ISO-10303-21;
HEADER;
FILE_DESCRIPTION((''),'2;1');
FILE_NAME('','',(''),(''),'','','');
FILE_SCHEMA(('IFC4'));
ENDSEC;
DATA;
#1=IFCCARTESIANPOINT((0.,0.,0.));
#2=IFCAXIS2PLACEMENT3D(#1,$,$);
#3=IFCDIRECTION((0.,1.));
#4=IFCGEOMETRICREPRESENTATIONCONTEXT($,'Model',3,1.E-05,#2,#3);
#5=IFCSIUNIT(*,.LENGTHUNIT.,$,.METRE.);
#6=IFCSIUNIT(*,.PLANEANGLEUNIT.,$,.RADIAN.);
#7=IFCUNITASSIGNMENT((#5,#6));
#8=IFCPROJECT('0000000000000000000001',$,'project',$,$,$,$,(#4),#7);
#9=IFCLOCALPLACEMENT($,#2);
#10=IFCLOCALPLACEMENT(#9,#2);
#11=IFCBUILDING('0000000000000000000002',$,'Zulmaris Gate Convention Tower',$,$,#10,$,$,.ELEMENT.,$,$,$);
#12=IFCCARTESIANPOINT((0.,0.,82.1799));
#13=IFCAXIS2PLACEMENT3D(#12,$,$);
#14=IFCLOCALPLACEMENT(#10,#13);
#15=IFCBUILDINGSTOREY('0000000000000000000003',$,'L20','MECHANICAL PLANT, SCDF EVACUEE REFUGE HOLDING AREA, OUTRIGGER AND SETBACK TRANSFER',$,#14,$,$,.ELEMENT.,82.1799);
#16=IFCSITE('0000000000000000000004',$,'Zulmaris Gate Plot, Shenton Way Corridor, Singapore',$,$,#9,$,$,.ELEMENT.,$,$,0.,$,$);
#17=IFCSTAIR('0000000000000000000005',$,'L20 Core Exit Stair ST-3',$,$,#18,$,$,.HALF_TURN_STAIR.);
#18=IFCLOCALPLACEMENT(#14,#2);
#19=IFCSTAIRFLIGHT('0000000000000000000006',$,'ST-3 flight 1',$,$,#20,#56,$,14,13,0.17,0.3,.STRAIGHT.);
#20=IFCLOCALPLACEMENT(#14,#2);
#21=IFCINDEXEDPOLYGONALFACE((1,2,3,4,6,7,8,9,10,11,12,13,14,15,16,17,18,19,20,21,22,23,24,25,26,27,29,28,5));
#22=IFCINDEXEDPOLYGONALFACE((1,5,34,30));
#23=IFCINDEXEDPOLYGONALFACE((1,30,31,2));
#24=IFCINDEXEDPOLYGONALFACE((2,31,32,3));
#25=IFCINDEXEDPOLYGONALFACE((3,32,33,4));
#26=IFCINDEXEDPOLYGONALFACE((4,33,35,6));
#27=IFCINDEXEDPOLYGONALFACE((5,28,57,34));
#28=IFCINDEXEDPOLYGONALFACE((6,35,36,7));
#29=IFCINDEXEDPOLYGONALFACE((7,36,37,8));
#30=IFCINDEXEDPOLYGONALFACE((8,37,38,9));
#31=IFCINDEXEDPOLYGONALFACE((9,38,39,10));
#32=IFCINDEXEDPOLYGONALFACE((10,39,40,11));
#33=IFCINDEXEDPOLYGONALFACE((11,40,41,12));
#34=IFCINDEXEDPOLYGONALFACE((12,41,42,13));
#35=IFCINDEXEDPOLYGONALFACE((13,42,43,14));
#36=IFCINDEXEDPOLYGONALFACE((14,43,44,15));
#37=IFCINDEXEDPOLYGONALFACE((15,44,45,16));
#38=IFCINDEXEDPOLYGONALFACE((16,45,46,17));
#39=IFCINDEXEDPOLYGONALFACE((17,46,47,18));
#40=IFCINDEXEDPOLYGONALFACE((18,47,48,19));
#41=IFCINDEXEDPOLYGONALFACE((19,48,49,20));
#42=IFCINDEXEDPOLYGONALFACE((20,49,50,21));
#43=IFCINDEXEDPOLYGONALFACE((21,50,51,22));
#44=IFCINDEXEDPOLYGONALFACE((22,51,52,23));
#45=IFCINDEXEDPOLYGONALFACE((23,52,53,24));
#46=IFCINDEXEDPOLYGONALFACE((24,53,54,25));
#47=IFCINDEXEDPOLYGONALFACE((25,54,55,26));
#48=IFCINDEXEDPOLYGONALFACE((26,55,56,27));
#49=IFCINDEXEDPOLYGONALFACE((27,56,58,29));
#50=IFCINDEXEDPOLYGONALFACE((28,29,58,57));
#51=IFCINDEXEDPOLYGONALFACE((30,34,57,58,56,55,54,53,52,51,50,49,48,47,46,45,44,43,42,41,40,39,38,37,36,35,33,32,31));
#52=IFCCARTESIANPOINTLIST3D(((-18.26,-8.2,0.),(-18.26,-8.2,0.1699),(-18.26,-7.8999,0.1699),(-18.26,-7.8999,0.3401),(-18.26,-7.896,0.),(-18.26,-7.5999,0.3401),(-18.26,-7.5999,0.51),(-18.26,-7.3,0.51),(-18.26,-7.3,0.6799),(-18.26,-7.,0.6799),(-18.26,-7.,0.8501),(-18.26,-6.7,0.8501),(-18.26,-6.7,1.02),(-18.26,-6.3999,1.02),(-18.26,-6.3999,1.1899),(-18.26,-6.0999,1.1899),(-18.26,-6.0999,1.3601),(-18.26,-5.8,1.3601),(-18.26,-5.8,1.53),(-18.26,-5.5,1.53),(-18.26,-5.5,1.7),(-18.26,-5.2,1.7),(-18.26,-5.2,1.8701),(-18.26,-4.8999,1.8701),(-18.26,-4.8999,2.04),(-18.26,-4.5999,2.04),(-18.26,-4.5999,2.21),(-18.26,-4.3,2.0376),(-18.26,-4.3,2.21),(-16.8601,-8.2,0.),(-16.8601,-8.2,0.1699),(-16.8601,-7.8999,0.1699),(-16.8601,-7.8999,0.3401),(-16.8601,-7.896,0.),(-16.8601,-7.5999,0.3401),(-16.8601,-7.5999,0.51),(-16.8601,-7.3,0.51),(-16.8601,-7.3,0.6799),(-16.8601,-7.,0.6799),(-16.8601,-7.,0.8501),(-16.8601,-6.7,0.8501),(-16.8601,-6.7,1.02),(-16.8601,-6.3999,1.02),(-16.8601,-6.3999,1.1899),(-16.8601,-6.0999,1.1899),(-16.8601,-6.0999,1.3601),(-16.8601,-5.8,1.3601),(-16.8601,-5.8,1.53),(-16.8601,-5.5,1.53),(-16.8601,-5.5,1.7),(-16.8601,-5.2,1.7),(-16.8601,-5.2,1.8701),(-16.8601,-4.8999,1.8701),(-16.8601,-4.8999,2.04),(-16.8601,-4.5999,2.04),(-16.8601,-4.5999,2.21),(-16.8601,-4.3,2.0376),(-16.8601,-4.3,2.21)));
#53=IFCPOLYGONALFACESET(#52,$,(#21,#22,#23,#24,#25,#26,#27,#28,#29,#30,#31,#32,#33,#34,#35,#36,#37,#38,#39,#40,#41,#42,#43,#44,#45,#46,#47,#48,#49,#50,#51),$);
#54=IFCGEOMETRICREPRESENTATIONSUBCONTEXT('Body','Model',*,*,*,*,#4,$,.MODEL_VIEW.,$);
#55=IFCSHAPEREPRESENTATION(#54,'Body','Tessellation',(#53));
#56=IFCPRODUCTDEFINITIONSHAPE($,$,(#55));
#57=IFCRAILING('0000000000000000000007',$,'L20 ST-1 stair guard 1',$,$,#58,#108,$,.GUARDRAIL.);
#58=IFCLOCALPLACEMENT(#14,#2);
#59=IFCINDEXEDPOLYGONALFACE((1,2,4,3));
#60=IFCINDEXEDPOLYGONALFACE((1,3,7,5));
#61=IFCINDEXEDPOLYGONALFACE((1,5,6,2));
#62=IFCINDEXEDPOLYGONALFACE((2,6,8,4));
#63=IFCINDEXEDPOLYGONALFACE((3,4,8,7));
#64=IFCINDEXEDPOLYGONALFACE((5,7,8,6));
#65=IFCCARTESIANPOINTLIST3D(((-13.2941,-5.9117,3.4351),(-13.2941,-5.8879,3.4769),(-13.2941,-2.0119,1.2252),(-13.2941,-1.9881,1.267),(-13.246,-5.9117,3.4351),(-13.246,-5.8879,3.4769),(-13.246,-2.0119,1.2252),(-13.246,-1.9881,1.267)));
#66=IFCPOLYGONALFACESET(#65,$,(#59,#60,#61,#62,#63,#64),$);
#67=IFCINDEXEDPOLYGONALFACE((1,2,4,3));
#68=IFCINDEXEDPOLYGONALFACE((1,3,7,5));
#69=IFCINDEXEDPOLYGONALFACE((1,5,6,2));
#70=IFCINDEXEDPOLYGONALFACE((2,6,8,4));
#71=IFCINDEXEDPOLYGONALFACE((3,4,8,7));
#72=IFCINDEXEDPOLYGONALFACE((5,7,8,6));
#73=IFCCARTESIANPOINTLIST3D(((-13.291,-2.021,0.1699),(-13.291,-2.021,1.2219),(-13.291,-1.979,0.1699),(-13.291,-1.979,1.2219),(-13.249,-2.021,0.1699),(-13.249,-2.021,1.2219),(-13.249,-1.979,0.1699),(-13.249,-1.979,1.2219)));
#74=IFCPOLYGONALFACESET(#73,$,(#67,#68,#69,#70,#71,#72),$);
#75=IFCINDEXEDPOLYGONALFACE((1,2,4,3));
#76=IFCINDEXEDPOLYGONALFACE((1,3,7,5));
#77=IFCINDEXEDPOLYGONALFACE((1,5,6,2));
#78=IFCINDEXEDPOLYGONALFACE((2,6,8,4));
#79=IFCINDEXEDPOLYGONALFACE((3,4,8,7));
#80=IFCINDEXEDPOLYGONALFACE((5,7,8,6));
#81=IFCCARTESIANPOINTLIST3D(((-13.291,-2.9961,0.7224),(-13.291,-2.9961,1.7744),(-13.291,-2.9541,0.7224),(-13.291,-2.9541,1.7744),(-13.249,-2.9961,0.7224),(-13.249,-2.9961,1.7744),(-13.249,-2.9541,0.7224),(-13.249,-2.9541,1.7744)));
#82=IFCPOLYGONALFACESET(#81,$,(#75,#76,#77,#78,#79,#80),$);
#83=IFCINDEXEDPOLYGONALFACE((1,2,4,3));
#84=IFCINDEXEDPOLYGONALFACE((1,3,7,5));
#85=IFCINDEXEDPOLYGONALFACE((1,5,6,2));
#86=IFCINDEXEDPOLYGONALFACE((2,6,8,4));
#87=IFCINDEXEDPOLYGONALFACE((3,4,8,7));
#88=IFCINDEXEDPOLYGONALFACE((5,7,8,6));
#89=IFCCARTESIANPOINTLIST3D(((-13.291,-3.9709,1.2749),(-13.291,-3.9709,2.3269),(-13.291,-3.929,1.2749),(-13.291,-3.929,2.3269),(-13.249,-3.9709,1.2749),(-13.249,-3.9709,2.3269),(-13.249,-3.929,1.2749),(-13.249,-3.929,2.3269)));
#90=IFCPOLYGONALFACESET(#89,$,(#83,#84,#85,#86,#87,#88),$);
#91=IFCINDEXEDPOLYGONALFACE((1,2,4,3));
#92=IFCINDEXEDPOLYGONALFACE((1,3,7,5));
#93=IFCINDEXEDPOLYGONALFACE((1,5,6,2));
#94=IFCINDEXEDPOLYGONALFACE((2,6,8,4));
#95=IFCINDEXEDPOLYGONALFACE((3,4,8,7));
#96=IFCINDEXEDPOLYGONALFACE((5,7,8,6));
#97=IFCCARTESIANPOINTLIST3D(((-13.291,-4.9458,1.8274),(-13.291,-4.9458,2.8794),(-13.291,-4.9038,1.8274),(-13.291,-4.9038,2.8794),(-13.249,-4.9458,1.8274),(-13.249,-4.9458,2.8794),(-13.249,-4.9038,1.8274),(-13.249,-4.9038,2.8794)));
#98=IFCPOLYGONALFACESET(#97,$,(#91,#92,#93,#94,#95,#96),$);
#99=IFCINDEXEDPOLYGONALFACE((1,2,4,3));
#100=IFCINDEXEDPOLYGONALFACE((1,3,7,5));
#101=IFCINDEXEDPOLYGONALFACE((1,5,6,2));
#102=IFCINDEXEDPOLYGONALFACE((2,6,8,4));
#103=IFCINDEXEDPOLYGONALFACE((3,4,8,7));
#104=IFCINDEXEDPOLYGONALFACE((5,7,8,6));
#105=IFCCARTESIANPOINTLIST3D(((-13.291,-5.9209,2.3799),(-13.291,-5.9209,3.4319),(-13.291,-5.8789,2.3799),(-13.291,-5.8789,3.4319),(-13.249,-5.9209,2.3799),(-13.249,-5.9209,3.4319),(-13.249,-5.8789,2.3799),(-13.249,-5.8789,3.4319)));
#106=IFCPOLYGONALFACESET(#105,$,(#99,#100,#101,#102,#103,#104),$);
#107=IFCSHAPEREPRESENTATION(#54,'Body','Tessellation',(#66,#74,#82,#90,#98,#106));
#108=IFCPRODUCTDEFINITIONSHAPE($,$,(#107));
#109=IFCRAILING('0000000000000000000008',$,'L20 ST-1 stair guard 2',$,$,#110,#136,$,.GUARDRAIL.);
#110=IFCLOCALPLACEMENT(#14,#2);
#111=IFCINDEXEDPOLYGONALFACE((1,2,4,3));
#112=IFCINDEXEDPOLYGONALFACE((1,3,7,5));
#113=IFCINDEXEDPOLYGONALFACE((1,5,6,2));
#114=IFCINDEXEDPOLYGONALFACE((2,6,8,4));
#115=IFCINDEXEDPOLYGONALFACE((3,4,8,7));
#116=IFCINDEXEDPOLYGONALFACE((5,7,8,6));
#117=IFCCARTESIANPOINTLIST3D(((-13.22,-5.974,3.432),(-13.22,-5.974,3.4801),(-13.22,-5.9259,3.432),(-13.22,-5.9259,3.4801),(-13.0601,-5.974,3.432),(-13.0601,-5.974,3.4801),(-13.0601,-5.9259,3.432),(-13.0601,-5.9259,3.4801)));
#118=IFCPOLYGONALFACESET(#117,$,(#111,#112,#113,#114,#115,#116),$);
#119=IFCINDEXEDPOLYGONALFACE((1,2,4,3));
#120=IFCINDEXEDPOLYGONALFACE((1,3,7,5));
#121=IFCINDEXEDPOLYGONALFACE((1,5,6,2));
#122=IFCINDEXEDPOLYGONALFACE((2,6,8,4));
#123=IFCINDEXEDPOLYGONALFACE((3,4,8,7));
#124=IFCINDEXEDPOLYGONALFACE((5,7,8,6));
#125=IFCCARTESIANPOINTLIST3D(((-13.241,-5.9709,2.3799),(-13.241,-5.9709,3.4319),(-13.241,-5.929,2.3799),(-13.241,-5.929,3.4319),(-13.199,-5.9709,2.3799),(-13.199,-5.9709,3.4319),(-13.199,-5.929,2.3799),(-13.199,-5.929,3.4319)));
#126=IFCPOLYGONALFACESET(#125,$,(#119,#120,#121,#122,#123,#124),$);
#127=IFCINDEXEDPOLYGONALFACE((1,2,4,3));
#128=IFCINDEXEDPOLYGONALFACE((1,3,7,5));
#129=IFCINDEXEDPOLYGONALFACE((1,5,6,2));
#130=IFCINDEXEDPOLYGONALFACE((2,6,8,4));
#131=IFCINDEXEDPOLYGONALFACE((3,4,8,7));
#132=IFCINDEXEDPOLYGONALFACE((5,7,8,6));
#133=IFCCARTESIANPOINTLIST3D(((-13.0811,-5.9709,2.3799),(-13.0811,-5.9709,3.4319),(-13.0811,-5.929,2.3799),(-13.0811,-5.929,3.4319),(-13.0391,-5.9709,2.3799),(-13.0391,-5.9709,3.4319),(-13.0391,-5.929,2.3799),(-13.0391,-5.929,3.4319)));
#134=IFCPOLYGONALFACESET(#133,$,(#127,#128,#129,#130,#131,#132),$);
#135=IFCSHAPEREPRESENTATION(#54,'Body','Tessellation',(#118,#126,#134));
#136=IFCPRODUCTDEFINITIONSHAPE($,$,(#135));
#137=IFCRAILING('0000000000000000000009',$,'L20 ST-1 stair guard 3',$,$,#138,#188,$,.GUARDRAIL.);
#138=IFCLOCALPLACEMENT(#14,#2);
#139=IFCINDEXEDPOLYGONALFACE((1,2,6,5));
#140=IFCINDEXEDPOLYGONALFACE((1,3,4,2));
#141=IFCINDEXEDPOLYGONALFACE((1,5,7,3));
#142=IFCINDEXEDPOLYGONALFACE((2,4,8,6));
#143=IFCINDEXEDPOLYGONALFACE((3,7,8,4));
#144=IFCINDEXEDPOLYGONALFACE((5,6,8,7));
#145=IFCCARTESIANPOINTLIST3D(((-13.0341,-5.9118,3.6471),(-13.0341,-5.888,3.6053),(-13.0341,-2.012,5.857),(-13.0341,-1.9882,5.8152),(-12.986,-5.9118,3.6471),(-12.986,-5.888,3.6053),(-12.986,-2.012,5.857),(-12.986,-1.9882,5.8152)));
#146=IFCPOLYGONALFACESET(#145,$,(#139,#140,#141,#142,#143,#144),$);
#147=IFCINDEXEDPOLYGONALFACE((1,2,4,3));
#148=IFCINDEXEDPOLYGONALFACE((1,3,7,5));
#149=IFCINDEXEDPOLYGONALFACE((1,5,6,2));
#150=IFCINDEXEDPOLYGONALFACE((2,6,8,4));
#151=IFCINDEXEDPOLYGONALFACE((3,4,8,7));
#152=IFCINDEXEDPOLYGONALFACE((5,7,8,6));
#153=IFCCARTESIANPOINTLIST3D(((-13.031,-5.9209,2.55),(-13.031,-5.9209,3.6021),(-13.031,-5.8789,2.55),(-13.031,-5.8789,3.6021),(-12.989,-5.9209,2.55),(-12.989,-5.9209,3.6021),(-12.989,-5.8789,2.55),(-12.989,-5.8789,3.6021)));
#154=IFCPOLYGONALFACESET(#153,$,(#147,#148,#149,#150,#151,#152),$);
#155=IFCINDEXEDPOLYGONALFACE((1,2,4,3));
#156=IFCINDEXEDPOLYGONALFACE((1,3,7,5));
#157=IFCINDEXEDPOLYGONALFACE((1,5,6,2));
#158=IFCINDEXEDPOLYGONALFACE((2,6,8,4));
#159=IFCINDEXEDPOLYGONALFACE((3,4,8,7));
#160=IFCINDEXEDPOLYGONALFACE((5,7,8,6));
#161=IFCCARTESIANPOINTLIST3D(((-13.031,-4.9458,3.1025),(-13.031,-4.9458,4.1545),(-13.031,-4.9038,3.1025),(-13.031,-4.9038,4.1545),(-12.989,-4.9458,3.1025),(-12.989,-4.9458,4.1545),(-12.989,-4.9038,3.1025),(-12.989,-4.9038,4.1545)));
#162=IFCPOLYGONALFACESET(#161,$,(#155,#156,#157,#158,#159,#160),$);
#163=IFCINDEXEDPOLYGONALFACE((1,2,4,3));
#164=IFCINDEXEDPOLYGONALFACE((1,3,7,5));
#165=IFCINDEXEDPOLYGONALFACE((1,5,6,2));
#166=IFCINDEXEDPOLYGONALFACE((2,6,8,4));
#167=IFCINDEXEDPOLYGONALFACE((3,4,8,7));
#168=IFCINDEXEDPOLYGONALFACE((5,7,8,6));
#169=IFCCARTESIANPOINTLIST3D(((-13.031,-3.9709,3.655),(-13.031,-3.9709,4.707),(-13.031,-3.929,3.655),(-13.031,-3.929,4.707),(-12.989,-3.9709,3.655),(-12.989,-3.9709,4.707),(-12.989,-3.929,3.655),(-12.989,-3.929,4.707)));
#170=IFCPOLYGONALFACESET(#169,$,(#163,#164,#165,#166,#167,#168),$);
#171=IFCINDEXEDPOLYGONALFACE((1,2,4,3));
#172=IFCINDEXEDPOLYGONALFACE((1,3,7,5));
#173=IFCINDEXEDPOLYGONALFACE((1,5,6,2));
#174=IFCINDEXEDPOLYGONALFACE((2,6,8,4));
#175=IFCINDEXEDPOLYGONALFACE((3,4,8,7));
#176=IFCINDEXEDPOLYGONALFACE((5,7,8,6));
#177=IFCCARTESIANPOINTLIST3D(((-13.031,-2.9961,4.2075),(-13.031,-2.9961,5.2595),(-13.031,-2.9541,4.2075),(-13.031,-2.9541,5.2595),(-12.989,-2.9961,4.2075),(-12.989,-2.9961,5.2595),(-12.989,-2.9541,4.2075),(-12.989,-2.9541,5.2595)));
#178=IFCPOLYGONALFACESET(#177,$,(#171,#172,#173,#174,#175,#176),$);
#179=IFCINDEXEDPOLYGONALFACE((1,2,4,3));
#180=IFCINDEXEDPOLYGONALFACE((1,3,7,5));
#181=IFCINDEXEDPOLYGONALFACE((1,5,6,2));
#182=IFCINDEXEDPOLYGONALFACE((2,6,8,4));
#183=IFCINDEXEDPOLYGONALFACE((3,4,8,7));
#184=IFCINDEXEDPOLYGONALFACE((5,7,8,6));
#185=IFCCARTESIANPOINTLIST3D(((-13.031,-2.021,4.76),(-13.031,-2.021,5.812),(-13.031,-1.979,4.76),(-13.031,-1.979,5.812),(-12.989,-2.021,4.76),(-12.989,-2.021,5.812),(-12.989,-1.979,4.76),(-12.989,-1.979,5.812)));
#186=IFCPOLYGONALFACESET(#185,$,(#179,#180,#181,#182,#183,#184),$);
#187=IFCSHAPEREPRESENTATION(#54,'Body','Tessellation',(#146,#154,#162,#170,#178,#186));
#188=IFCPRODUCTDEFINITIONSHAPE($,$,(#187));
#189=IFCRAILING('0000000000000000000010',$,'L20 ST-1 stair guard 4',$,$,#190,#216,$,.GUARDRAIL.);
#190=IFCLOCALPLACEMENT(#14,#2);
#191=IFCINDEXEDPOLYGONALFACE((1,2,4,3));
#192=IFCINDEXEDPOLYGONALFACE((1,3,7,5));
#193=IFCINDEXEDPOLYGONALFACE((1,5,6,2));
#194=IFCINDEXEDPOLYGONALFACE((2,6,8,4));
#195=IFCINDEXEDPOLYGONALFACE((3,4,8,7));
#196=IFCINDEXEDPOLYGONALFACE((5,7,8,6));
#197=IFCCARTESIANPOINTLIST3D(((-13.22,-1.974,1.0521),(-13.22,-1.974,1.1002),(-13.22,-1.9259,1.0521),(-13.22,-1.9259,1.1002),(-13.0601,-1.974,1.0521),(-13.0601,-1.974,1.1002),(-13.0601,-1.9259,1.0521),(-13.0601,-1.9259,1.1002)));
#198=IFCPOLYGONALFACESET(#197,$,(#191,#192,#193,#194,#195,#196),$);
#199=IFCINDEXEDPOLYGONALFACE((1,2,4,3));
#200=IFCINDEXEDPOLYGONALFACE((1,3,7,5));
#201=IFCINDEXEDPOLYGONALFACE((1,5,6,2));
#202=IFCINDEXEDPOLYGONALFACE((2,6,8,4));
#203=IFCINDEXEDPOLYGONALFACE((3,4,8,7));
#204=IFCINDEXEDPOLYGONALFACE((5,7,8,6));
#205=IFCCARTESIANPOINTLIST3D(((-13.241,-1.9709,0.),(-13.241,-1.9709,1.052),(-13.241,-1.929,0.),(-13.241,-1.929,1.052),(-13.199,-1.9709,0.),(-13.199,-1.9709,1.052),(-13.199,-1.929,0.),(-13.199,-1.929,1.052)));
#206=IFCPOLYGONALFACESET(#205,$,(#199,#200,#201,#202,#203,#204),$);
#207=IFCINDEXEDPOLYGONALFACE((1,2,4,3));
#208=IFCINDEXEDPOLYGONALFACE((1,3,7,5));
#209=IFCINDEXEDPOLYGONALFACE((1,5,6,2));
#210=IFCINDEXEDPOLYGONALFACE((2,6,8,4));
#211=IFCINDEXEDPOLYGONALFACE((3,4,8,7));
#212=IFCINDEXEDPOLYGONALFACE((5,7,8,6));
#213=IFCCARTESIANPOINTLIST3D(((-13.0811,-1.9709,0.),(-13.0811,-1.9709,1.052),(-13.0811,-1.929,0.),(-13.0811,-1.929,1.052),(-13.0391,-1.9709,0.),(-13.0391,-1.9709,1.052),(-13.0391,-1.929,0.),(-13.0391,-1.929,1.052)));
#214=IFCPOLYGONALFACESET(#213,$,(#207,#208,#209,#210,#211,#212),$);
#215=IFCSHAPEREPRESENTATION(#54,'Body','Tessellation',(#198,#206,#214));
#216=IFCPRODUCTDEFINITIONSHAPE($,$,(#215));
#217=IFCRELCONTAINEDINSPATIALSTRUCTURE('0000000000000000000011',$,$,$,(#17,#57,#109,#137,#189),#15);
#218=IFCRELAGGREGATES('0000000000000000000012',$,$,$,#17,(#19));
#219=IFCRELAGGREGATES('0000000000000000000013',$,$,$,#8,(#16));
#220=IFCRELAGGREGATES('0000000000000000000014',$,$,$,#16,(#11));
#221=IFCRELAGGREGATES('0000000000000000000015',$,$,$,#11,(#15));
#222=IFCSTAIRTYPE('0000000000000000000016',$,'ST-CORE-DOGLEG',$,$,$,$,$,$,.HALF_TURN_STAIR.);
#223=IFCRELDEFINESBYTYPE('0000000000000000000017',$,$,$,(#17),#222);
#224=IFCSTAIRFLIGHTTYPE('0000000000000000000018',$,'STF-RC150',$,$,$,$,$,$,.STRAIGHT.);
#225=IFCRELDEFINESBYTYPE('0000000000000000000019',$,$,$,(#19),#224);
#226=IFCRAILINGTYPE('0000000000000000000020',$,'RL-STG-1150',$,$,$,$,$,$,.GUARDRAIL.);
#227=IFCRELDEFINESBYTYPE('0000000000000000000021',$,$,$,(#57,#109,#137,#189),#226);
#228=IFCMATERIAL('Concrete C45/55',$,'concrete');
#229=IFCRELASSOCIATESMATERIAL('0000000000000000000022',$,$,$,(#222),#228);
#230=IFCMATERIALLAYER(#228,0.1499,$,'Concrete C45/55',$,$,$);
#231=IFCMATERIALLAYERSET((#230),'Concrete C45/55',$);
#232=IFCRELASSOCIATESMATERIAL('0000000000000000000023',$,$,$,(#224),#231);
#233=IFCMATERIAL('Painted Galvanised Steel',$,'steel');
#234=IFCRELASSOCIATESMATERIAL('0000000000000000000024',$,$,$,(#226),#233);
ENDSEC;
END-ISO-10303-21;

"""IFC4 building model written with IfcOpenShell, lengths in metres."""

from ifc_helpers import new_model, si_unit, direction, frame, origin, origin_2d, place, context, subcontext, project, spatial, polyline, rectangle, outline, extrude, material, layer, layer_set, type_object, element, aggregate, save


model = new_model("IFC4")

# Units and contexts
model_context = context("Model", 3, precision=1e-05, world=origin(), true_north=direction((0.0, 1.0)))
body_context = subcontext(model_context, "Body", "Model", "MODEL_VIEW")
ifc_project = project(units=[si_unit("LENGTHUNIT", "METRE"), si_unit("PLANEANGLEUNIT", "RADIAN")], contexts=[model_context])

# Site, building, storey
site_placement = place(None, origin())
site = spatial("IfcSite", under=ifc_project, at=site_placement, Name="Zulmaris Gate Plot, Shenton Way Corridor, Singapore", CompositionType="ELEMENT", RefElevation=0.0)
building_placement = place(site_placement, origin())
building = spatial("IfcBuilding", under=site, at=building_placement, Name="Zulmaris Gate Convention Tower", CompositionType="ELEMENT")
storey_placement = place(building_placement, frame((0.0, 0.0, 82.1799)))
storey = spatial("IfcBuildingStorey", under=building, at=storey_placement, Name="L20", Description="MECHANICAL PLANT, SCDF EVACUEE REFUGE HOLDING AREA, OUTRIGGER AND SETBACK TRANSFER", CompositionType="ELEMENT", Elevation=82.1799)

# Shared definitions
ifc_material_1 = material(Name="Concrete C45/55", Category="concrete")
stair_type = type_object("IfcStairType", Name="ST-CORE-DOGLEG", PredefinedType="HALF_TURN_STAIR", material=ifc_material_1)
ifc_layer_1 = layer(ifc_material_1, 0.1499, Name="Concrete C45/55")
ifc_layer_set_1 = layer_set([ifc_layer_1], Name="Concrete C45/55")
stair_flight_type = type_object("IfcStairFlightType", Name="STF-RC150", PredefinedType="STRAIGHT", material=ifc_layer_set_1)

# Stair, stair flight
stair_1_placement = place(storey_placement, origin())
stair_1 = element("IfcStair", 1, at=stair_1_placement, inside=storey, type_object=stair_type, Name="L20 Core Exit Stair ST-3", PredefinedType="HALF_TURN_STAIR")
stair_flight_1_placement = place(storey_placement, frame((-17.5601, -8.2, 0.0), z_axis=(0.0, 0.0, 1.0), x_axis=(0.0, 1.0, 0.0)))
stair_flight_1 = element("IfcStairFlight", 2, at=stair_flight_1_placement, type_object=stair_flight_type, Name="ST-3 flight 1", NumberOfRisers=14, NumberOfTreads=13, PredefinedType="STRAIGHT", RiserHeight=0.17, TreadLength=0.3, context=body_context, shape_type="SweptSolid", body=[
    extrude(outline(polyline([(0.0, 0.0), (0.0, 0.1699), (0.3, 0.1699), (0.3, 0.3401), (0.6001, 0.3401), (0.6001, 0.51), (0.8999, 0.51), (0.8999, 0.6799), (1.2, 0.6799), (1.2, 0.8501), (1.5, 0.8501), (1.5, 1.02), (1.8, 1.02), (1.8, 1.1899), (2.1001, 1.1899), (2.1001, 1.3601), (2.3999, 1.3601), (2.3999, 1.53), (2.7, 1.53), (2.7, 1.7), (3.0, 1.7), (3.0, 1.8701), (3.3, 1.8701), (3.3, 2.04), (3.6001, 2.04), (3.6001, 2.21), (3.8999, 2.21), (3.8999, 2.3799), (3.8999, 2.0376), (0.304, 0.0), (0.0, 0.0)])), frame((0.0, 0.7, 0.0), z_axis=(0.0, -1.0, 0.0), x_axis=(1.0, 0.0, 0.0)), (0.0, 0.0, 1.0), 1.3999),
])
aggregate(stair_1, [stair_flight_1])

# Railings
ifc_material_2 = material(Name="Painted Galvanised Steel", Category="steel")
railing_type_1 = type_object("IfcRailingType", Name="RL-STG-1150", PredefinedType="GUARDRAIL", material=ifc_material_2)
railing_1_placement = place(storey_placement, frame((-13.27, -2.0, 0.1699)))
element("IfcRailing", 3, at=railing_1_placement, inside=storey, type_object=railing_type_1, Name="L20 ST-1 stair guard 1", PredefinedType="GUARDRAIL", context=body_context, shape_type="SweptSolid", body=[
    extrude(rectangle(XDim=0.0481, YDim=0.0481, at=origin_2d()), frame((0.0, 0.0, 1.0762), z_axis=(0.0, -0.870021, 0.493015), x_axis=(1.0, 0.0, 0.0)), (0.0, 0.0, 1.0), 4.4824),
    extrude(rectangle(XDim=0.042, YDim=0.042, at=origin_2d()), origin(), (0.0, 0.0, 1.0), 1.052),
    extrude(rectangle(XDim=0.042, YDim=0.042, at=origin_2d()), frame((0.0, -0.9751, 0.5525)), (0.0, 0.0, 1.0), 1.052),
    extrude(rectangle(XDim=0.042, YDim=0.042, at=origin_2d()), frame((0.0, -1.95, 1.105)), (0.0, 0.0, 1.0), 1.052),
    extrude(rectangle(XDim=0.042, YDim=0.042, at=origin_2d()), frame((0.0, -2.9248, 1.6575)), (0.0, 0.0, 1.0), 1.052),
    extrude(rectangle(XDim=0.042, YDim=0.042, at=origin_2d()), frame((0.0, -3.8999, 2.21)), (0.0, 0.0, 1.0), 1.052),
])
railing_2_placement = place(storey_placement, frame((-13.22, -5.95, 2.3799)))
element("IfcRailing", 4, at=railing_2_placement, inside=storey, type_object=railing_type_1, Name="L20 ST-1 stair guard 2", PredefinedType="GUARDRAIL", context=body_context, shape_type="SweptSolid", body=[
    extrude(rectangle(XDim=0.0481, YDim=0.0481, at=origin_2d()), frame((0.0, 0.0, 1.0762), z_axis=(1.0, 0.0, 0.0), x_axis=(0.0, 1.0, 0.0)), (0.0, 0.0, 1.0), 0.1599),
    extrude(rectangle(XDim=0.042, YDim=0.042, at=origin_2d()), origin(), (0.0, 0.0, 1.0), 1.052),
    extrude(rectangle(XDim=0.042, YDim=0.042, at=origin_2d()), frame((0.1599, 0.0, 0.0)), (0.0, 0.0, 1.0), 1.052),
])
railing_3_placement = place(storey_placement, frame((-13.01, -5.8999, 2.55)))
element("IfcRailing", 5, at=railing_3_placement, inside=storey, type_object=railing_type_1, Name="L20 ST-1 stair guard 3", PredefinedType="GUARDRAIL", context=body_context, shape_type="SweptSolid", body=[
    extrude(rectangle(XDim=0.0481, YDim=0.0481, at=origin_2d()), frame((0.0, 0.0, 1.0762), z_axis=(0.0, 0.870021, 0.493015), x_axis=(-1.0, 0.0, 0.0)), (0.0, 0.0, 1.0), 4.4824),
    extrude(rectangle(XDim=0.042, YDim=0.042, at=origin_2d()), origin(), (0.0, 0.0, 1.0), 1.052),
    extrude(rectangle(XDim=0.042, YDim=0.042, at=origin_2d()), frame((0.0, 0.9751, 0.5525)), (0.0, 0.0, 1.0), 1.052),
    extrude(rectangle(XDim=0.042, YDim=0.042, at=origin_2d()), frame((0.0, 1.95, 1.105)), (0.0, 0.0, 1.0), 1.052),
    extrude(rectangle(XDim=0.042, YDim=0.042, at=origin_2d()), frame((0.0, 2.9248, 1.6575)), (0.0, 0.0, 1.0), 1.052),
    extrude(rectangle(XDim=0.042, YDim=0.042, at=origin_2d()), frame((0.0, 3.8999, 2.21)), (0.0, 0.0, 1.0), 1.052),
])
railing_4_placement = place(storey_placement, frame((-13.22, -1.95, 0.0)))
element("IfcRailing", 6, at=railing_4_placement, inside=storey, type_object=railing_type_1, Name="L20 ST-1 stair guard 4", PredefinedType="GUARDRAIL", context=body_context, shape_type="SweptSolid", body=[
    extrude(rectangle(XDim=0.0481, YDim=0.0481, at=origin_2d()), frame((0.0, 0.0, 1.0762), z_axis=(1.0, 0.0, 0.0), x_axis=(0.0, 1.0, 0.0)), (0.0, 0.0, 1.0), 0.1599),
    extrude(rectangle(XDim=0.042, YDim=0.042, at=origin_2d()), origin(), (0.0, 0.0, 1.0), 1.052),
    extrude(rectangle(XDim=0.042, YDim=0.042, at=origin_2d()), frame((0.1599, 0.0, 0.0)), (0.0, 0.0, 1.0), 1.052),
])

save(model, "model.ifc")
